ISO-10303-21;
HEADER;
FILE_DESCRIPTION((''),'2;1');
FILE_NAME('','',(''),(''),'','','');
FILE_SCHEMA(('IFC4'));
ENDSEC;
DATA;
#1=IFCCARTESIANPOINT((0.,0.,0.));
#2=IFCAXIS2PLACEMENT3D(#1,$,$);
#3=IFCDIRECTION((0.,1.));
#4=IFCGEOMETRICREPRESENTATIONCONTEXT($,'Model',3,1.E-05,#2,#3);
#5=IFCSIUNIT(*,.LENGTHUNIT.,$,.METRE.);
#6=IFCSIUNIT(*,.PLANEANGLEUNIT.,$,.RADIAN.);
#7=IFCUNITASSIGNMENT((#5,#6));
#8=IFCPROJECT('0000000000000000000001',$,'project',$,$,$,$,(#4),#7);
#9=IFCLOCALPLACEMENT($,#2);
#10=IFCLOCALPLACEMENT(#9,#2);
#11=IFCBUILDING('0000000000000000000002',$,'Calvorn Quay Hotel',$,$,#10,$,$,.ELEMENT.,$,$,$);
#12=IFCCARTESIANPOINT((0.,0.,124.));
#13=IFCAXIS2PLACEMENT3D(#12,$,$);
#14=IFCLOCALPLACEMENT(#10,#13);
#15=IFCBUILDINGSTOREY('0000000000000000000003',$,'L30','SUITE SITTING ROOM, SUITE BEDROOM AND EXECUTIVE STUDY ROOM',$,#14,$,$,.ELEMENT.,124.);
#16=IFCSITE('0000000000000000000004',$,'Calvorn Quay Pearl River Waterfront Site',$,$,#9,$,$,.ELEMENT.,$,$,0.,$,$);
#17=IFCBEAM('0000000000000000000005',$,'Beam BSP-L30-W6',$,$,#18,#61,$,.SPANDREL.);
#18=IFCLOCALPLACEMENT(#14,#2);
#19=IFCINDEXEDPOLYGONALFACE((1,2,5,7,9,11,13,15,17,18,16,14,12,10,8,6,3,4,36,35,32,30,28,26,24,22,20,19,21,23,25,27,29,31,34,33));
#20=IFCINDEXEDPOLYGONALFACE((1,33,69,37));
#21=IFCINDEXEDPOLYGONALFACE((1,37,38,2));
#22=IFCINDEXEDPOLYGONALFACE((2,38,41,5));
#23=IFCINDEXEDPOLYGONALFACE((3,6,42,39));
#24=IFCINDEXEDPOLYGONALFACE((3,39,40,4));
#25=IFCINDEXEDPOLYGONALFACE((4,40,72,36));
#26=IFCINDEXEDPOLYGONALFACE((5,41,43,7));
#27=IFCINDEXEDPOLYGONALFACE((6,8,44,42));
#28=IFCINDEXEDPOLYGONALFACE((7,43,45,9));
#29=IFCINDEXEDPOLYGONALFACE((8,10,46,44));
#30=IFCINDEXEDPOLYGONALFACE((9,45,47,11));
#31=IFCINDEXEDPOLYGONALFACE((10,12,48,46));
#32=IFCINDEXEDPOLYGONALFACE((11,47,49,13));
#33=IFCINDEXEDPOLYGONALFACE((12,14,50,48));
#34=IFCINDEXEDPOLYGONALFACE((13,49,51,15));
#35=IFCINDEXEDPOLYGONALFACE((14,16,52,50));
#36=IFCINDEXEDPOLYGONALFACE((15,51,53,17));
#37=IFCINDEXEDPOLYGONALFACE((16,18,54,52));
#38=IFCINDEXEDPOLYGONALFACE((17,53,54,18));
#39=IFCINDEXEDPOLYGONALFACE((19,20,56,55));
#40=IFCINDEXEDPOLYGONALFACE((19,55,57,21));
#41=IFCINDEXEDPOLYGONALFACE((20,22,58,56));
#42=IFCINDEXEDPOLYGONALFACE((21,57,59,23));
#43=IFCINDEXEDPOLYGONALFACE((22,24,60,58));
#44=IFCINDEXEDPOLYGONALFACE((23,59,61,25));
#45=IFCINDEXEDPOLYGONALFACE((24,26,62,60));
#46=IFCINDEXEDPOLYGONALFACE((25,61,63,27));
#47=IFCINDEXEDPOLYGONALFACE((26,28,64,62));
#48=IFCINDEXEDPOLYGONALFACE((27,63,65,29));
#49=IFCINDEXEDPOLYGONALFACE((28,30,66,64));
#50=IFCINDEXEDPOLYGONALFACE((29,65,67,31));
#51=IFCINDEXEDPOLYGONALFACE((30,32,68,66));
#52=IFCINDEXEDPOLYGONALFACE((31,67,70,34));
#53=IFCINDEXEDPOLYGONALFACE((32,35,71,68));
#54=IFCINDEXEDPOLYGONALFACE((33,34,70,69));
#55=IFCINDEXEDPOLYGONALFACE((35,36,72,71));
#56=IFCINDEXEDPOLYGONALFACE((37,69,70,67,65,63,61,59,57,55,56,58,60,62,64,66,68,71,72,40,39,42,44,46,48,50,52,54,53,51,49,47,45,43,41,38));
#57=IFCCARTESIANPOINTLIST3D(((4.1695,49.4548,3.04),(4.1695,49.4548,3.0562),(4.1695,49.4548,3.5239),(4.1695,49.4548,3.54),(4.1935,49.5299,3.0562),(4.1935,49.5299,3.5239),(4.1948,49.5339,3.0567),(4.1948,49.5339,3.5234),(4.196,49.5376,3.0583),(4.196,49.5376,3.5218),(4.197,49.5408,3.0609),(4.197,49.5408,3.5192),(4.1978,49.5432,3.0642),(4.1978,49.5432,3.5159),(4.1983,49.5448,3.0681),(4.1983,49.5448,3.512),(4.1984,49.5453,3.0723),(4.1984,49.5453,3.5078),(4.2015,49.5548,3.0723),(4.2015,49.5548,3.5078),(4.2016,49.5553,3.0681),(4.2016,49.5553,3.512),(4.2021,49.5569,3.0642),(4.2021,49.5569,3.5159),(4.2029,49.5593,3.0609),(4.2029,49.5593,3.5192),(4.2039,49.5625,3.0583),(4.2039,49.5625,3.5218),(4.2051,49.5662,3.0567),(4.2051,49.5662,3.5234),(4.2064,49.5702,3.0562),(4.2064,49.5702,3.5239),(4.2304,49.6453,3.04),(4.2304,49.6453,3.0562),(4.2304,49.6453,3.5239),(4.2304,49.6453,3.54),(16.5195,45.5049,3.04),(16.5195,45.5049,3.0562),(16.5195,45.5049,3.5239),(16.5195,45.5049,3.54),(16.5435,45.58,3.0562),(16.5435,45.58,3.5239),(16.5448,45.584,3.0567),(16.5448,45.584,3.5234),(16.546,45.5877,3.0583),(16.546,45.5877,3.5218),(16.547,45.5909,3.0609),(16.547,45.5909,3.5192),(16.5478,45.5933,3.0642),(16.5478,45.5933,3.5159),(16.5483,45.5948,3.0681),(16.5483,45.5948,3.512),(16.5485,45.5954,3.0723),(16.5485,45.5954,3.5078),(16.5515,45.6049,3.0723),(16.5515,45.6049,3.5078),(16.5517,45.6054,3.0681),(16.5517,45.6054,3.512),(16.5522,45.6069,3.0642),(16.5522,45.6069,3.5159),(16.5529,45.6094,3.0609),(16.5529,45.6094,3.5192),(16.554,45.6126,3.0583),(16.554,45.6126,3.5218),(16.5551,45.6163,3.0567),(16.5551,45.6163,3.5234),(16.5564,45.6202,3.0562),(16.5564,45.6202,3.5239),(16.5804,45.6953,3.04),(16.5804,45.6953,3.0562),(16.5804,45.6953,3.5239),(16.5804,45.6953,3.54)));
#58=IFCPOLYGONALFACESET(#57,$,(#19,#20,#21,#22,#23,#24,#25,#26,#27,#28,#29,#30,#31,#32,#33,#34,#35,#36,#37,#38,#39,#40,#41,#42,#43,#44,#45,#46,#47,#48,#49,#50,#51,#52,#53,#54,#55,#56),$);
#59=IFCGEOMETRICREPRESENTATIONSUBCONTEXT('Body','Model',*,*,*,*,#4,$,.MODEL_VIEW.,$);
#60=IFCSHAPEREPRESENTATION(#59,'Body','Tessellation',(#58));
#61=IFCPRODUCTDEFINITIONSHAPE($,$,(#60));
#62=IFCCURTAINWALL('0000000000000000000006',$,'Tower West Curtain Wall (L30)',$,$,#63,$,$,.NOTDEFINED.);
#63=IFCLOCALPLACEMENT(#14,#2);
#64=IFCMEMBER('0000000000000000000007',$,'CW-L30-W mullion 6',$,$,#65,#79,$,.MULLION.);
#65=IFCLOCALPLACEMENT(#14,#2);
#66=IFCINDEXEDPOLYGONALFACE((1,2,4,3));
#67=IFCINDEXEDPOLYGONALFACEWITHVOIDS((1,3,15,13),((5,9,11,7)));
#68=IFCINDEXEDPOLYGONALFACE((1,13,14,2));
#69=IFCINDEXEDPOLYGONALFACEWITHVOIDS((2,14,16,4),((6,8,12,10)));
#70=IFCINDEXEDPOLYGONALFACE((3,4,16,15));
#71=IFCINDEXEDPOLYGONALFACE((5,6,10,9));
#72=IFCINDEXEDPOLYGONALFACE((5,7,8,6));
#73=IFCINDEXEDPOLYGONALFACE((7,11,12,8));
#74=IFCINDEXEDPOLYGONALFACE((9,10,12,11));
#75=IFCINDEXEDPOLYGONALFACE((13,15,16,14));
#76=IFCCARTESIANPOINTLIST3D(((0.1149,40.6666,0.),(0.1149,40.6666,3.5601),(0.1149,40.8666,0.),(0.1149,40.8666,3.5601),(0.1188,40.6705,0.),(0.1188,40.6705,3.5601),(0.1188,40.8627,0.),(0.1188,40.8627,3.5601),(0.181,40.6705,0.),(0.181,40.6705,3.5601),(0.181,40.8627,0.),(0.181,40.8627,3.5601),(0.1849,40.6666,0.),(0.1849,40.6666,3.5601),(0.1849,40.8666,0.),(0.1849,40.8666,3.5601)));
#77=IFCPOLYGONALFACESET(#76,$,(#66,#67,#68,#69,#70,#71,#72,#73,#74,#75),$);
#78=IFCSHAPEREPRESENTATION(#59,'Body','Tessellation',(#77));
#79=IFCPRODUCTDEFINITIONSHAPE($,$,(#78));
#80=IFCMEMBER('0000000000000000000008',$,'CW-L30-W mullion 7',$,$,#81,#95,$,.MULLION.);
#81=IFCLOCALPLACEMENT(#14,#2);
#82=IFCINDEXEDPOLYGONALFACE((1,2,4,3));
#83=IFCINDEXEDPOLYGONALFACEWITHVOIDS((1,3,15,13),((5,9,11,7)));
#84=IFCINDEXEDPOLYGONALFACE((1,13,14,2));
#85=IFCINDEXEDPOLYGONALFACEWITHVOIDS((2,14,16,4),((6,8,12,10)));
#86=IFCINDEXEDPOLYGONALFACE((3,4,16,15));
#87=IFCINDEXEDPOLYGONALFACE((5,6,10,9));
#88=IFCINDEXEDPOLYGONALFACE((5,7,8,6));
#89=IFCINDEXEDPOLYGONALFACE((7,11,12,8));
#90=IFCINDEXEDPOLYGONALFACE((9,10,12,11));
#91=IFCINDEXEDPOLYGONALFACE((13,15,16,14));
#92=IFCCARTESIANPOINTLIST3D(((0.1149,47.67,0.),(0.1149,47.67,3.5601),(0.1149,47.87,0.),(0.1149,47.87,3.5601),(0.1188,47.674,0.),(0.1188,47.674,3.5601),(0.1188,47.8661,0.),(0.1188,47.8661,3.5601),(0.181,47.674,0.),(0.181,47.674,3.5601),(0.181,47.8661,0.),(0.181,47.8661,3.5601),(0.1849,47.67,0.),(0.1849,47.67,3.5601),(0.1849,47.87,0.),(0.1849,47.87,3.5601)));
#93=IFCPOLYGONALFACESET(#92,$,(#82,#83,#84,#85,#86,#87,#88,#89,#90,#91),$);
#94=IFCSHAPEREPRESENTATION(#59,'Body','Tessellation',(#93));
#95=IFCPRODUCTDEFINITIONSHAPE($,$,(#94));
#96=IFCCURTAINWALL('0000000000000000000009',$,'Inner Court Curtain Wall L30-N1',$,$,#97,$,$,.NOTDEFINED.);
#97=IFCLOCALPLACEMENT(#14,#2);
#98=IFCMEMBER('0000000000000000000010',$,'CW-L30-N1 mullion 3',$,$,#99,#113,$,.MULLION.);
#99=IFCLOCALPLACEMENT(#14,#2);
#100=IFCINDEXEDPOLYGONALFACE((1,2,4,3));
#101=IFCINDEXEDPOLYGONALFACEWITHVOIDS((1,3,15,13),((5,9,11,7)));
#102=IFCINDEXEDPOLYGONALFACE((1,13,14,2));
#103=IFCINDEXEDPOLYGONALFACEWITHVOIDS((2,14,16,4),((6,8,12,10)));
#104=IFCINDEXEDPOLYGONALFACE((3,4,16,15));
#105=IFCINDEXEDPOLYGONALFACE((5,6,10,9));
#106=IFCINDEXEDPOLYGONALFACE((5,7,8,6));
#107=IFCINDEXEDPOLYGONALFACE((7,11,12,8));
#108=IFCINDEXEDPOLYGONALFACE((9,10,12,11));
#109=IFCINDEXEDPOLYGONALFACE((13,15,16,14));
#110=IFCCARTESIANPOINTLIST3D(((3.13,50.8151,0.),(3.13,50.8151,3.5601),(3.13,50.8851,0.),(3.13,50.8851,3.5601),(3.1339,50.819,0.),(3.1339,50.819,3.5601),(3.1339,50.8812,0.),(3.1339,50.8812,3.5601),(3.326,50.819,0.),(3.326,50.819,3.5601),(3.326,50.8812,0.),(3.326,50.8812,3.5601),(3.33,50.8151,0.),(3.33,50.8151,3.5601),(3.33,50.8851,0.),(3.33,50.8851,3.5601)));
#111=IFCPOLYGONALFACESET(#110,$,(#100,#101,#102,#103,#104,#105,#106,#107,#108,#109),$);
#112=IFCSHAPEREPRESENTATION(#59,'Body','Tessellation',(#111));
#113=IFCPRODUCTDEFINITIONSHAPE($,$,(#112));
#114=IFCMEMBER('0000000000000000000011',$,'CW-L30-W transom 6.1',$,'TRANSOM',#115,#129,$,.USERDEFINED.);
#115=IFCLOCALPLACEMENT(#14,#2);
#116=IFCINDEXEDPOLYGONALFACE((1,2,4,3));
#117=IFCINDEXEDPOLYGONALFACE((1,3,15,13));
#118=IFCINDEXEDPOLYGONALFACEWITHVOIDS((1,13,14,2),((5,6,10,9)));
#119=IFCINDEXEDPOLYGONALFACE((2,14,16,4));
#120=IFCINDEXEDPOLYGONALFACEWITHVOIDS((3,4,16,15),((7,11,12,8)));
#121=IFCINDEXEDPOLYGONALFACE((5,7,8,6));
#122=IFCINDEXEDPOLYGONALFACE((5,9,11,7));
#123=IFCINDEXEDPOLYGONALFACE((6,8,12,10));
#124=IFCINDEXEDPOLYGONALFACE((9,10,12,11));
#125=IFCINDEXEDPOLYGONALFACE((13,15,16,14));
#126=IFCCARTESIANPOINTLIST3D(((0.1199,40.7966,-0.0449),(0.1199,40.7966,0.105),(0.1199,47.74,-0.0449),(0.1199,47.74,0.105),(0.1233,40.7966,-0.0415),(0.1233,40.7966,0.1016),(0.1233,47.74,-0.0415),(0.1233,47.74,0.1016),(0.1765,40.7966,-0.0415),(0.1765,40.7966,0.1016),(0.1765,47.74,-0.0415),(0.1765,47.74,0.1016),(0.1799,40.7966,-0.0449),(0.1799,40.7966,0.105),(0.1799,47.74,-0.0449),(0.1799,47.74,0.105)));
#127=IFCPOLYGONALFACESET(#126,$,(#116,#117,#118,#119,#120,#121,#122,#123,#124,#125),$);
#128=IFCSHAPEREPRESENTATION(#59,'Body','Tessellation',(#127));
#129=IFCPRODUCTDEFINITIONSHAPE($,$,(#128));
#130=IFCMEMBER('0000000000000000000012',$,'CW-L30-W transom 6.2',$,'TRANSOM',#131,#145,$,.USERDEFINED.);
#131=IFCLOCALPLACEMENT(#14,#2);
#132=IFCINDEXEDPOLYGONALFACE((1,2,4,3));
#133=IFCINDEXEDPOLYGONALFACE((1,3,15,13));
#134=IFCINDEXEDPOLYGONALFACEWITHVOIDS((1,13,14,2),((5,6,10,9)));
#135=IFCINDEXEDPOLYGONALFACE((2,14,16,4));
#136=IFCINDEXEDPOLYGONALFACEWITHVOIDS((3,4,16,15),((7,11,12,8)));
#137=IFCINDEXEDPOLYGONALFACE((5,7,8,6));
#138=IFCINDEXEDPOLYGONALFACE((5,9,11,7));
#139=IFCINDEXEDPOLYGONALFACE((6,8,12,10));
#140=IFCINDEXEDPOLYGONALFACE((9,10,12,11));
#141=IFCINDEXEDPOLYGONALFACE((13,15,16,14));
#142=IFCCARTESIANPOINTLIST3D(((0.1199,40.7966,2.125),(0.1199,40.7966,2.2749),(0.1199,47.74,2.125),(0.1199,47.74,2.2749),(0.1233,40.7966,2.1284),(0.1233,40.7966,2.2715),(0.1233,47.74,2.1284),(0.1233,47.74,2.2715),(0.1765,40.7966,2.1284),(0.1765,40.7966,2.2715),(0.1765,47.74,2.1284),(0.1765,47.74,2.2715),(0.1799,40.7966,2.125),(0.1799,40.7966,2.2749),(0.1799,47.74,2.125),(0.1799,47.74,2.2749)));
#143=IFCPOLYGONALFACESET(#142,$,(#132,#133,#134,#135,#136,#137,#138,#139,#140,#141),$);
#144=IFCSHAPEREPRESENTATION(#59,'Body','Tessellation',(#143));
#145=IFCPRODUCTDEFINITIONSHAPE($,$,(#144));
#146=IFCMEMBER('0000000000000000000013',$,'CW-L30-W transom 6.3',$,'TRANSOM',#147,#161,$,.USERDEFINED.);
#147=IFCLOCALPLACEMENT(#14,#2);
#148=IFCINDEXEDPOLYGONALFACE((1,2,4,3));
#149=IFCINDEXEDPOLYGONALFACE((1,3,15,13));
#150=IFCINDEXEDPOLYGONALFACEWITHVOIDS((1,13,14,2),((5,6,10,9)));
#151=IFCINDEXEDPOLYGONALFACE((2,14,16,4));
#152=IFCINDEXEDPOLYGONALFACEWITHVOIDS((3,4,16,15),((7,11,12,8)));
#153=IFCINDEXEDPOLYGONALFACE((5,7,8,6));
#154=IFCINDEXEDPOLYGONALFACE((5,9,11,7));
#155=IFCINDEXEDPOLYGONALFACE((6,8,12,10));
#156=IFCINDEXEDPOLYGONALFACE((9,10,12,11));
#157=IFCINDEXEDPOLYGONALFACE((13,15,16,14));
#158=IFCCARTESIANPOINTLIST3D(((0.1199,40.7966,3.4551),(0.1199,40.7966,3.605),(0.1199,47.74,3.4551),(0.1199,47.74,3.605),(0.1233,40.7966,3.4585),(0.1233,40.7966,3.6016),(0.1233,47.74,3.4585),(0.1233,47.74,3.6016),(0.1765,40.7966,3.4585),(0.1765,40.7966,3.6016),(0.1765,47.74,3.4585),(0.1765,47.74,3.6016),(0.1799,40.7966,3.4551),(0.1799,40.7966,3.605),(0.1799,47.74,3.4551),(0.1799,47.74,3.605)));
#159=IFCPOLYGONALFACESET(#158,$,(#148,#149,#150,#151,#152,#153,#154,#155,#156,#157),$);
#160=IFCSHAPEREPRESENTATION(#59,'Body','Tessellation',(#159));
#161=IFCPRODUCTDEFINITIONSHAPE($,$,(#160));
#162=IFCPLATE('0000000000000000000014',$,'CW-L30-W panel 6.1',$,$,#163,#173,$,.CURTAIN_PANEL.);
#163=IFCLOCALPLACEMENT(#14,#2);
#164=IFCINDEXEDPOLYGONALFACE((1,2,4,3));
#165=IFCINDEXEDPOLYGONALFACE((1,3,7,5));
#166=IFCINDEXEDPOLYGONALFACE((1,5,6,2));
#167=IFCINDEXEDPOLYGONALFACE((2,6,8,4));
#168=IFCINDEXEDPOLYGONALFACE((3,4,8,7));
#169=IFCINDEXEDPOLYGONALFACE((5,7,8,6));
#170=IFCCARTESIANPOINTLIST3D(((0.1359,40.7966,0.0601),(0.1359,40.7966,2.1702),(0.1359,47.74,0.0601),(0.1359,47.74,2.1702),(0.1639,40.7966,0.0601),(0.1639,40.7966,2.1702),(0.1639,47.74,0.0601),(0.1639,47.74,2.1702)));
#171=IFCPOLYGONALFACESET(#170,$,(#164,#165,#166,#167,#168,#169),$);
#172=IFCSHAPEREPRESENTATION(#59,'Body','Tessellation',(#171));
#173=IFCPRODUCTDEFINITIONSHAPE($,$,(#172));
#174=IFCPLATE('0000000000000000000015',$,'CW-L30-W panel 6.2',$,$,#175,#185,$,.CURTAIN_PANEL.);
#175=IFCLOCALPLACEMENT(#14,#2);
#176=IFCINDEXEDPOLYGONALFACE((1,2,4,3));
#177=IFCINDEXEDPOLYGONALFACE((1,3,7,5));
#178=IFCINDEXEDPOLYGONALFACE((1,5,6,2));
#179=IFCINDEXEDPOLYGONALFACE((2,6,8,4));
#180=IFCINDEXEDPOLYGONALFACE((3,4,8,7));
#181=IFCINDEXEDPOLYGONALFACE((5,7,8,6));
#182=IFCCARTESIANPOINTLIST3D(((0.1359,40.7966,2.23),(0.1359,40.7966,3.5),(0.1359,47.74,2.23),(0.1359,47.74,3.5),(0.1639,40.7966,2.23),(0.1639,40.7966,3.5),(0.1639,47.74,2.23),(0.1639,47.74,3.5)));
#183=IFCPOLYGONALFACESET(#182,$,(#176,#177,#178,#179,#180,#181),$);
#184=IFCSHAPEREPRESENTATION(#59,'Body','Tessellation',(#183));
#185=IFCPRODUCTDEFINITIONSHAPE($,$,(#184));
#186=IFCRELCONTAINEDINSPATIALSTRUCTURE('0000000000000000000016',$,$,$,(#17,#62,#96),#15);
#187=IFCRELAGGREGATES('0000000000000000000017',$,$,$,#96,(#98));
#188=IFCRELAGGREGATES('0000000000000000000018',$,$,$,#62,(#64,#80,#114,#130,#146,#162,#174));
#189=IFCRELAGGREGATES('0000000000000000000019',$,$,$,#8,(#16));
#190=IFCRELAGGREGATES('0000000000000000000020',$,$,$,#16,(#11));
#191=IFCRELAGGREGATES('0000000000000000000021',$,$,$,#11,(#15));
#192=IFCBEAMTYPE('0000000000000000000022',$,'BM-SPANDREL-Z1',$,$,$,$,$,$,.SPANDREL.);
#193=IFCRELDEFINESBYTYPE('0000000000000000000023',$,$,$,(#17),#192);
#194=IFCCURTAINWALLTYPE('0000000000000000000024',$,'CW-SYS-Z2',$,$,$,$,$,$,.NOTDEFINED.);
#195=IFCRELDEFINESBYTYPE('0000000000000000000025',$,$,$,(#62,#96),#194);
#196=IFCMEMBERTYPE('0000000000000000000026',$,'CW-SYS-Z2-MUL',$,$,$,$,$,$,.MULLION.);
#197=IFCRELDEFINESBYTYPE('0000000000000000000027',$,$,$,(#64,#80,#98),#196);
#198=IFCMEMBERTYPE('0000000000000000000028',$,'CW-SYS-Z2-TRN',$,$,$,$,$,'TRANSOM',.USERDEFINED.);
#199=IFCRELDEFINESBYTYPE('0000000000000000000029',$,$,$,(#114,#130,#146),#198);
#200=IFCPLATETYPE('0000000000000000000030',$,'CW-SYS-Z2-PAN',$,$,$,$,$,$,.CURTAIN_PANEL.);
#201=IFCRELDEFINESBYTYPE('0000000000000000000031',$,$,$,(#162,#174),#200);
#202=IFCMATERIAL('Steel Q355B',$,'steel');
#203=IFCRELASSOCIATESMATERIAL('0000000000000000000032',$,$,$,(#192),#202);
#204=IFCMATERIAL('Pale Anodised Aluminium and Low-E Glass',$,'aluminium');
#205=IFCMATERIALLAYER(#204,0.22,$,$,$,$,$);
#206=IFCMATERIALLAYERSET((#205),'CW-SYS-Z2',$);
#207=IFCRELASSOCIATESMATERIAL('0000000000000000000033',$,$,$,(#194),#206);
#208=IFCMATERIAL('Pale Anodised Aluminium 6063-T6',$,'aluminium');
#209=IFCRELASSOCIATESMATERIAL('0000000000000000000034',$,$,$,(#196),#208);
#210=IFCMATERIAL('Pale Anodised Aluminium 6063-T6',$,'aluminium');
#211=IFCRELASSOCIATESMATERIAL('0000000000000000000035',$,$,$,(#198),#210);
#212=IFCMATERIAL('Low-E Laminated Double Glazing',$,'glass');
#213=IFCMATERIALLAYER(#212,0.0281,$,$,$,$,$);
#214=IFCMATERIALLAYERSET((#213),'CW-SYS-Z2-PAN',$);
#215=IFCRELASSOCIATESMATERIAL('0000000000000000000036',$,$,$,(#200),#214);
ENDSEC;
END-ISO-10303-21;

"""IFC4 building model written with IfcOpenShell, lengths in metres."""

from ifc_helpers import new_model, si_unit, direction, frame, origin, origin_2d, place, context, subcontext, project, spatial, rectangle, hollow_rectangle, i_section, extrude, material, layer, layer_set, material_profile, profile_set, type_object, element, aggregate, save


model = new_model("IFC4")

# Units and contexts
model_context = context("Model", 3, precision=1e-05, world=origin(), true_north=direction((0.0, 1.0)))
body_context = subcontext(model_context, "Body", "Model", "MODEL_VIEW")
ifc_project = project(units=[si_unit("LENGTHUNIT", "METRE"), si_unit("PLANEANGLEUNIT", "RADIAN")], contexts=[model_context])

# Site, building, storey
site_placement = place(None, origin())
site = spatial("IfcSite", under=ifc_project, at=site_placement, Name="Calvorn Quay Pearl River Waterfront Site", CompositionType="ELEMENT", RefElevation=0.0)
building_placement = place(site_placement, origin())
building = spatial("IfcBuilding", under=site, at=building_placement, Name="Calvorn Quay Hotel", CompositionType="ELEMENT")
storey_placement = place(building_placement, frame((0.0, 0.0, 124.0)))
storey = spatial("IfcBuildingStorey", under=building, at=storey_placement, Name="L30", Description="SUITE SITTING ROOM, SUITE BEDROOM AND EXECUTIVE STUDY ROOM", CompositionType="ELEMENT", Elevation=124.0)

# Beam
ifc_material_1 = material(Name="Steel Q355B", Category="steel")
ifc_material_profile_1 = material_profile(ifc_material_1, i_section(OverallWidth=0.2, OverallDepth=0.5, WebThickness=0.01, FlangeThickness=0.0161, FilletRadius=0.0161, at=origin_2d()), Name="HN500x200x10x16")
ifc_profile_set_1 = profile_set([ifc_material_profile_1], Name="Steel Q355B")
beam_type_1 = type_object("IfcBeamType", Name="BM-SPANDREL-Z1", PredefinedType="SPANDREL", material=ifc_profile_set_1)
beam_1_placement = place(storey_placement, frame((4.2, 49.55, 3.29), z_axis=(0.952471, -0.30463, 0.0), x_axis=(0.30463, 0.952471, 0.0)))
element("IfcBeam", 1, at=beam_1_placement, inside=storey, type_object=beam_type_1, Name="Beam BSP-L30-W6", PredefinedType="SPANDREL", context=body_context, shape_type="SweptSolid", body=[
    extrude(i_section(OverallWidth=0.2, OverallDepth=0.5, WebThickness=0.01, FlangeThickness=0.0161, FilletRadius=0.0161, at=origin_2d()), origin(), (0.0, 0.0, 1.0), 12.9663),
])

# Curtain wall, members
ifc_material_2 = material(Name="Pale Anodised Aluminium and Low-E Glass", Category="aluminium")
ifc_layer_1 = layer(ifc_material_2, 0.22)
ifc_layer_set_1 = layer_set([ifc_layer_1], Name="CW-SYS-Z2")
curtain_wall_type = type_object("IfcCurtainWallType", Name="CW-SYS-Z2", PredefinedType="NOTDEFINED", material=ifc_layer_set_1)
curtain_wall_1_placement = place(storey_placement, origin())
curtain_wall_1 = element("IfcCurtainWall", 2, at=curtain_wall_1_placement, inside=storey, type_object=curtain_wall_type, Name="Tower West Curtain Wall (L30)", PredefinedType="NOTDEFINED")
ifc_material_3 = material(Name="Pale Anodised Aluminium 6063-T6", Category="aluminium")
ifc_material_profile_2 = material_profile(ifc_material_3, hollow_rectangle(XDim=0.0701, YDim=0.2, WallThickness=0.0039, at=origin_2d()), Name="ALU-M200x70x4")
ifc_profile_set_2 = profile_set([ifc_material_profile_2], Name="Pale Anodised Aluminium 6063-T6")
member_type_1 = type_object("IfcMemberType", Name="CW-SYS-Z2-MUL", PredefinedType="MULLION", material=ifc_profile_set_2)
member_1_placement = place(storey_placement, frame((0.1499, 40.7666, 0.0), z_axis=(0.0, 0.0, 1.0), x_axis=(-1.0, 0.0, 0.0)))
member_1 = element("IfcMember", 3, at=member_1_placement, type_object=member_type_1, Name="CW-L30-W mullion 6", PredefinedType="MULLION", context=body_context, shape_type="SweptSolid", body=[
    extrude(hollow_rectangle(XDim=0.0701, YDim=0.2, WallThickness=0.0039, at=origin_2d()), origin(), (0.0, 0.0, 1.0), 3.5601),
])
member_2_placement = place(storey_placement, frame((0.1499, 47.77, 0.0), z_axis=(0.0, 0.0, 1.0), x_axis=(-1.0, 0.0, 0.0)))
member_2 = element("IfcMember", 4, at=member_2_placement, type_object=member_type_1, Name="CW-L30-W mullion 7", PredefinedType="MULLION", context=body_context, shape_type="SweptSolid", body=[
    extrude(hollow_rectangle(XDim=0.0701, YDim=0.2, WallThickness=0.0039, at=origin_2d()), origin(), (0.0, 0.0, 1.0), 3.5601),
])

# Curtain wall, member
curtain_wall_2_placement = place(storey_placement, origin())
curtain_wall_2 = element("IfcCurtainWall", 5, at=curtain_wall_2_placement, inside=storey, type_object=curtain_wall_type, Name="Inner Court Curtain Wall L30-N1", PredefinedType="NOTDEFINED")
member_3_placement = place(storey_placement, frame((3.23, 50.8501, 0.0), z_axis=(0.0, 0.0, 1.0), x_axis=(0.0, -1.0, 0.0)))
member_3 = element("IfcMember", 6, at=member_3_placement, type_object=member_type_1, Name="CW-L30-N1 mullion 3", PredefinedType="MULLION", context=body_context, shape_type="SweptSolid", body=[
    extrude(hollow_rectangle(XDim=0.0701, YDim=0.2, WallThickness=0.0039, at=origin_2d()), origin(), (0.0, 0.0, 1.0), 3.5601),
])
aggregate(curtain_wall_2, [member_3])

# Members
ifc_material_4 = material(Name="Pale Anodised Aluminium 6063-T6", Category="aluminium")
ifc_material_profile_3 = material_profile(ifc_material_4, hollow_rectangle(XDim=0.0601, YDim=0.1499, WallThickness=0.0034, at=origin_2d()), Name="ALU-T150x60x3.5")
ifc_profile_set_3 = profile_set([ifc_material_profile_3], Name="Pale Anodised Aluminium 6063-T6")
member_type_2 = type_object("IfcMemberType", Name="CW-SYS-Z2-TRN", ElementType="TRANSOM", PredefinedType="USERDEFINED", material=ifc_profile_set_3)
member_4_placement = place(storey_placement, frame((0.1499, 40.7966, 0.03), z_axis=(0.0, 1.0, 0.0), x_axis=(-1.0, 0.0, 0.0)))
member_4 = element("IfcMember", 7, at=member_4_placement, type_object=member_type_2, Name="CW-L30-W transom 6.1", ObjectType="TRANSOM", PredefinedType="USERDEFINED", context=body_context, shape_type="SweptSolid", body=[
    extrude(hollow_rectangle(XDim=0.0601, YDim=0.1499, WallThickness=0.0034, at=origin_2d()), origin(), (0.0, 0.0, 1.0), 6.9434),
])
member_5_placement = place(storey_placement, frame((0.1499, 40.7966, 2.2), z_axis=(0.0, 1.0, 0.0), x_axis=(-1.0, 0.0, 0.0)))
member_5 = element("IfcMember", 8, at=member_5_placement, type_object=member_type_2, Name="CW-L30-W transom 6.2", ObjectType="TRANSOM", PredefinedType="USERDEFINED", context=body_context, shape_type="SweptSolid", body=[
    extrude(hollow_rectangle(XDim=0.0601, YDim=0.1499, WallThickness=0.0034, at=origin_2d()), origin(), (0.0, 0.0, 1.0), 6.9434),
])
member_6_placement = place(storey_placement, frame((0.1499, 40.7966, 3.53), z_axis=(0.0, 1.0, 0.0), x_axis=(-1.0, 0.0, 0.0)))
member_6 = element("IfcMember", 9, at=member_6_placement, type_object=member_type_2, Name="CW-L30-W transom 6.3", ObjectType="TRANSOM", PredefinedType="USERDEFINED", context=body_context, shape_type="SweptSolid", body=[
    extrude(hollow_rectangle(XDim=0.0601, YDim=0.1499, WallThickness=0.0034, at=origin_2d()), origin(), (0.0, 0.0, 1.0), 6.9434),
])

# Plates
ifc_material_5 = material(Name="Low-E Laminated Double Glazing", Category="glass")
ifc_layer_2 = layer(ifc_material_5, 0.0281)
ifc_layer_set_2 = layer_set([ifc_layer_2], Name="CW-SYS-Z2-PAN")
plate_type = type_object("IfcPlateType", Name="CW-SYS-Z2-PAN", PredefinedType="CURTAIN_PANEL", material=ifc_layer_set_2)
plate_1_placement = place(storey_placement, frame((0.1499, 44.2683, 0.0601), z_axis=(0.0, 0.0, 1.0), x_axis=(0.0, 1.0, 0.0)))
plate_1 = element("IfcPlate", 10, at=plate_1_placement, type_object=plate_type, Name="CW-L30-W panel 6.1", PredefinedType="CURTAIN_PANEL", context=body_context, shape_type="SweptSolid", body=[
    extrude(rectangle(XDim=6.9434, YDim=0.0281, at=origin_2d()), origin(), (0.0, 0.0, 1.0), 2.1101),
])
plate_2_placement = place(storey_placement, frame((0.1499, 44.2683, 2.23), z_axis=(0.0, 0.0, 1.0), x_axis=(0.0, 1.0, 0.0)))
plate_2 = element("IfcPlate", 11, at=plate_2_placement, type_object=plate_type, Name="CW-L30-W panel 6.2", PredefinedType="CURTAIN_PANEL", context=body_context, shape_type="SweptSolid", body=[
    extrude(rectangle(XDim=6.9434, YDim=0.0281, at=origin_2d()), origin(), (0.0, 0.0, 1.0), 1.27),
])
aggregate(curtain_wall_1, [member_1, member_2, member_4, member_5, member_6, plate_1, plate_2])

save(model, "model.ifc")
